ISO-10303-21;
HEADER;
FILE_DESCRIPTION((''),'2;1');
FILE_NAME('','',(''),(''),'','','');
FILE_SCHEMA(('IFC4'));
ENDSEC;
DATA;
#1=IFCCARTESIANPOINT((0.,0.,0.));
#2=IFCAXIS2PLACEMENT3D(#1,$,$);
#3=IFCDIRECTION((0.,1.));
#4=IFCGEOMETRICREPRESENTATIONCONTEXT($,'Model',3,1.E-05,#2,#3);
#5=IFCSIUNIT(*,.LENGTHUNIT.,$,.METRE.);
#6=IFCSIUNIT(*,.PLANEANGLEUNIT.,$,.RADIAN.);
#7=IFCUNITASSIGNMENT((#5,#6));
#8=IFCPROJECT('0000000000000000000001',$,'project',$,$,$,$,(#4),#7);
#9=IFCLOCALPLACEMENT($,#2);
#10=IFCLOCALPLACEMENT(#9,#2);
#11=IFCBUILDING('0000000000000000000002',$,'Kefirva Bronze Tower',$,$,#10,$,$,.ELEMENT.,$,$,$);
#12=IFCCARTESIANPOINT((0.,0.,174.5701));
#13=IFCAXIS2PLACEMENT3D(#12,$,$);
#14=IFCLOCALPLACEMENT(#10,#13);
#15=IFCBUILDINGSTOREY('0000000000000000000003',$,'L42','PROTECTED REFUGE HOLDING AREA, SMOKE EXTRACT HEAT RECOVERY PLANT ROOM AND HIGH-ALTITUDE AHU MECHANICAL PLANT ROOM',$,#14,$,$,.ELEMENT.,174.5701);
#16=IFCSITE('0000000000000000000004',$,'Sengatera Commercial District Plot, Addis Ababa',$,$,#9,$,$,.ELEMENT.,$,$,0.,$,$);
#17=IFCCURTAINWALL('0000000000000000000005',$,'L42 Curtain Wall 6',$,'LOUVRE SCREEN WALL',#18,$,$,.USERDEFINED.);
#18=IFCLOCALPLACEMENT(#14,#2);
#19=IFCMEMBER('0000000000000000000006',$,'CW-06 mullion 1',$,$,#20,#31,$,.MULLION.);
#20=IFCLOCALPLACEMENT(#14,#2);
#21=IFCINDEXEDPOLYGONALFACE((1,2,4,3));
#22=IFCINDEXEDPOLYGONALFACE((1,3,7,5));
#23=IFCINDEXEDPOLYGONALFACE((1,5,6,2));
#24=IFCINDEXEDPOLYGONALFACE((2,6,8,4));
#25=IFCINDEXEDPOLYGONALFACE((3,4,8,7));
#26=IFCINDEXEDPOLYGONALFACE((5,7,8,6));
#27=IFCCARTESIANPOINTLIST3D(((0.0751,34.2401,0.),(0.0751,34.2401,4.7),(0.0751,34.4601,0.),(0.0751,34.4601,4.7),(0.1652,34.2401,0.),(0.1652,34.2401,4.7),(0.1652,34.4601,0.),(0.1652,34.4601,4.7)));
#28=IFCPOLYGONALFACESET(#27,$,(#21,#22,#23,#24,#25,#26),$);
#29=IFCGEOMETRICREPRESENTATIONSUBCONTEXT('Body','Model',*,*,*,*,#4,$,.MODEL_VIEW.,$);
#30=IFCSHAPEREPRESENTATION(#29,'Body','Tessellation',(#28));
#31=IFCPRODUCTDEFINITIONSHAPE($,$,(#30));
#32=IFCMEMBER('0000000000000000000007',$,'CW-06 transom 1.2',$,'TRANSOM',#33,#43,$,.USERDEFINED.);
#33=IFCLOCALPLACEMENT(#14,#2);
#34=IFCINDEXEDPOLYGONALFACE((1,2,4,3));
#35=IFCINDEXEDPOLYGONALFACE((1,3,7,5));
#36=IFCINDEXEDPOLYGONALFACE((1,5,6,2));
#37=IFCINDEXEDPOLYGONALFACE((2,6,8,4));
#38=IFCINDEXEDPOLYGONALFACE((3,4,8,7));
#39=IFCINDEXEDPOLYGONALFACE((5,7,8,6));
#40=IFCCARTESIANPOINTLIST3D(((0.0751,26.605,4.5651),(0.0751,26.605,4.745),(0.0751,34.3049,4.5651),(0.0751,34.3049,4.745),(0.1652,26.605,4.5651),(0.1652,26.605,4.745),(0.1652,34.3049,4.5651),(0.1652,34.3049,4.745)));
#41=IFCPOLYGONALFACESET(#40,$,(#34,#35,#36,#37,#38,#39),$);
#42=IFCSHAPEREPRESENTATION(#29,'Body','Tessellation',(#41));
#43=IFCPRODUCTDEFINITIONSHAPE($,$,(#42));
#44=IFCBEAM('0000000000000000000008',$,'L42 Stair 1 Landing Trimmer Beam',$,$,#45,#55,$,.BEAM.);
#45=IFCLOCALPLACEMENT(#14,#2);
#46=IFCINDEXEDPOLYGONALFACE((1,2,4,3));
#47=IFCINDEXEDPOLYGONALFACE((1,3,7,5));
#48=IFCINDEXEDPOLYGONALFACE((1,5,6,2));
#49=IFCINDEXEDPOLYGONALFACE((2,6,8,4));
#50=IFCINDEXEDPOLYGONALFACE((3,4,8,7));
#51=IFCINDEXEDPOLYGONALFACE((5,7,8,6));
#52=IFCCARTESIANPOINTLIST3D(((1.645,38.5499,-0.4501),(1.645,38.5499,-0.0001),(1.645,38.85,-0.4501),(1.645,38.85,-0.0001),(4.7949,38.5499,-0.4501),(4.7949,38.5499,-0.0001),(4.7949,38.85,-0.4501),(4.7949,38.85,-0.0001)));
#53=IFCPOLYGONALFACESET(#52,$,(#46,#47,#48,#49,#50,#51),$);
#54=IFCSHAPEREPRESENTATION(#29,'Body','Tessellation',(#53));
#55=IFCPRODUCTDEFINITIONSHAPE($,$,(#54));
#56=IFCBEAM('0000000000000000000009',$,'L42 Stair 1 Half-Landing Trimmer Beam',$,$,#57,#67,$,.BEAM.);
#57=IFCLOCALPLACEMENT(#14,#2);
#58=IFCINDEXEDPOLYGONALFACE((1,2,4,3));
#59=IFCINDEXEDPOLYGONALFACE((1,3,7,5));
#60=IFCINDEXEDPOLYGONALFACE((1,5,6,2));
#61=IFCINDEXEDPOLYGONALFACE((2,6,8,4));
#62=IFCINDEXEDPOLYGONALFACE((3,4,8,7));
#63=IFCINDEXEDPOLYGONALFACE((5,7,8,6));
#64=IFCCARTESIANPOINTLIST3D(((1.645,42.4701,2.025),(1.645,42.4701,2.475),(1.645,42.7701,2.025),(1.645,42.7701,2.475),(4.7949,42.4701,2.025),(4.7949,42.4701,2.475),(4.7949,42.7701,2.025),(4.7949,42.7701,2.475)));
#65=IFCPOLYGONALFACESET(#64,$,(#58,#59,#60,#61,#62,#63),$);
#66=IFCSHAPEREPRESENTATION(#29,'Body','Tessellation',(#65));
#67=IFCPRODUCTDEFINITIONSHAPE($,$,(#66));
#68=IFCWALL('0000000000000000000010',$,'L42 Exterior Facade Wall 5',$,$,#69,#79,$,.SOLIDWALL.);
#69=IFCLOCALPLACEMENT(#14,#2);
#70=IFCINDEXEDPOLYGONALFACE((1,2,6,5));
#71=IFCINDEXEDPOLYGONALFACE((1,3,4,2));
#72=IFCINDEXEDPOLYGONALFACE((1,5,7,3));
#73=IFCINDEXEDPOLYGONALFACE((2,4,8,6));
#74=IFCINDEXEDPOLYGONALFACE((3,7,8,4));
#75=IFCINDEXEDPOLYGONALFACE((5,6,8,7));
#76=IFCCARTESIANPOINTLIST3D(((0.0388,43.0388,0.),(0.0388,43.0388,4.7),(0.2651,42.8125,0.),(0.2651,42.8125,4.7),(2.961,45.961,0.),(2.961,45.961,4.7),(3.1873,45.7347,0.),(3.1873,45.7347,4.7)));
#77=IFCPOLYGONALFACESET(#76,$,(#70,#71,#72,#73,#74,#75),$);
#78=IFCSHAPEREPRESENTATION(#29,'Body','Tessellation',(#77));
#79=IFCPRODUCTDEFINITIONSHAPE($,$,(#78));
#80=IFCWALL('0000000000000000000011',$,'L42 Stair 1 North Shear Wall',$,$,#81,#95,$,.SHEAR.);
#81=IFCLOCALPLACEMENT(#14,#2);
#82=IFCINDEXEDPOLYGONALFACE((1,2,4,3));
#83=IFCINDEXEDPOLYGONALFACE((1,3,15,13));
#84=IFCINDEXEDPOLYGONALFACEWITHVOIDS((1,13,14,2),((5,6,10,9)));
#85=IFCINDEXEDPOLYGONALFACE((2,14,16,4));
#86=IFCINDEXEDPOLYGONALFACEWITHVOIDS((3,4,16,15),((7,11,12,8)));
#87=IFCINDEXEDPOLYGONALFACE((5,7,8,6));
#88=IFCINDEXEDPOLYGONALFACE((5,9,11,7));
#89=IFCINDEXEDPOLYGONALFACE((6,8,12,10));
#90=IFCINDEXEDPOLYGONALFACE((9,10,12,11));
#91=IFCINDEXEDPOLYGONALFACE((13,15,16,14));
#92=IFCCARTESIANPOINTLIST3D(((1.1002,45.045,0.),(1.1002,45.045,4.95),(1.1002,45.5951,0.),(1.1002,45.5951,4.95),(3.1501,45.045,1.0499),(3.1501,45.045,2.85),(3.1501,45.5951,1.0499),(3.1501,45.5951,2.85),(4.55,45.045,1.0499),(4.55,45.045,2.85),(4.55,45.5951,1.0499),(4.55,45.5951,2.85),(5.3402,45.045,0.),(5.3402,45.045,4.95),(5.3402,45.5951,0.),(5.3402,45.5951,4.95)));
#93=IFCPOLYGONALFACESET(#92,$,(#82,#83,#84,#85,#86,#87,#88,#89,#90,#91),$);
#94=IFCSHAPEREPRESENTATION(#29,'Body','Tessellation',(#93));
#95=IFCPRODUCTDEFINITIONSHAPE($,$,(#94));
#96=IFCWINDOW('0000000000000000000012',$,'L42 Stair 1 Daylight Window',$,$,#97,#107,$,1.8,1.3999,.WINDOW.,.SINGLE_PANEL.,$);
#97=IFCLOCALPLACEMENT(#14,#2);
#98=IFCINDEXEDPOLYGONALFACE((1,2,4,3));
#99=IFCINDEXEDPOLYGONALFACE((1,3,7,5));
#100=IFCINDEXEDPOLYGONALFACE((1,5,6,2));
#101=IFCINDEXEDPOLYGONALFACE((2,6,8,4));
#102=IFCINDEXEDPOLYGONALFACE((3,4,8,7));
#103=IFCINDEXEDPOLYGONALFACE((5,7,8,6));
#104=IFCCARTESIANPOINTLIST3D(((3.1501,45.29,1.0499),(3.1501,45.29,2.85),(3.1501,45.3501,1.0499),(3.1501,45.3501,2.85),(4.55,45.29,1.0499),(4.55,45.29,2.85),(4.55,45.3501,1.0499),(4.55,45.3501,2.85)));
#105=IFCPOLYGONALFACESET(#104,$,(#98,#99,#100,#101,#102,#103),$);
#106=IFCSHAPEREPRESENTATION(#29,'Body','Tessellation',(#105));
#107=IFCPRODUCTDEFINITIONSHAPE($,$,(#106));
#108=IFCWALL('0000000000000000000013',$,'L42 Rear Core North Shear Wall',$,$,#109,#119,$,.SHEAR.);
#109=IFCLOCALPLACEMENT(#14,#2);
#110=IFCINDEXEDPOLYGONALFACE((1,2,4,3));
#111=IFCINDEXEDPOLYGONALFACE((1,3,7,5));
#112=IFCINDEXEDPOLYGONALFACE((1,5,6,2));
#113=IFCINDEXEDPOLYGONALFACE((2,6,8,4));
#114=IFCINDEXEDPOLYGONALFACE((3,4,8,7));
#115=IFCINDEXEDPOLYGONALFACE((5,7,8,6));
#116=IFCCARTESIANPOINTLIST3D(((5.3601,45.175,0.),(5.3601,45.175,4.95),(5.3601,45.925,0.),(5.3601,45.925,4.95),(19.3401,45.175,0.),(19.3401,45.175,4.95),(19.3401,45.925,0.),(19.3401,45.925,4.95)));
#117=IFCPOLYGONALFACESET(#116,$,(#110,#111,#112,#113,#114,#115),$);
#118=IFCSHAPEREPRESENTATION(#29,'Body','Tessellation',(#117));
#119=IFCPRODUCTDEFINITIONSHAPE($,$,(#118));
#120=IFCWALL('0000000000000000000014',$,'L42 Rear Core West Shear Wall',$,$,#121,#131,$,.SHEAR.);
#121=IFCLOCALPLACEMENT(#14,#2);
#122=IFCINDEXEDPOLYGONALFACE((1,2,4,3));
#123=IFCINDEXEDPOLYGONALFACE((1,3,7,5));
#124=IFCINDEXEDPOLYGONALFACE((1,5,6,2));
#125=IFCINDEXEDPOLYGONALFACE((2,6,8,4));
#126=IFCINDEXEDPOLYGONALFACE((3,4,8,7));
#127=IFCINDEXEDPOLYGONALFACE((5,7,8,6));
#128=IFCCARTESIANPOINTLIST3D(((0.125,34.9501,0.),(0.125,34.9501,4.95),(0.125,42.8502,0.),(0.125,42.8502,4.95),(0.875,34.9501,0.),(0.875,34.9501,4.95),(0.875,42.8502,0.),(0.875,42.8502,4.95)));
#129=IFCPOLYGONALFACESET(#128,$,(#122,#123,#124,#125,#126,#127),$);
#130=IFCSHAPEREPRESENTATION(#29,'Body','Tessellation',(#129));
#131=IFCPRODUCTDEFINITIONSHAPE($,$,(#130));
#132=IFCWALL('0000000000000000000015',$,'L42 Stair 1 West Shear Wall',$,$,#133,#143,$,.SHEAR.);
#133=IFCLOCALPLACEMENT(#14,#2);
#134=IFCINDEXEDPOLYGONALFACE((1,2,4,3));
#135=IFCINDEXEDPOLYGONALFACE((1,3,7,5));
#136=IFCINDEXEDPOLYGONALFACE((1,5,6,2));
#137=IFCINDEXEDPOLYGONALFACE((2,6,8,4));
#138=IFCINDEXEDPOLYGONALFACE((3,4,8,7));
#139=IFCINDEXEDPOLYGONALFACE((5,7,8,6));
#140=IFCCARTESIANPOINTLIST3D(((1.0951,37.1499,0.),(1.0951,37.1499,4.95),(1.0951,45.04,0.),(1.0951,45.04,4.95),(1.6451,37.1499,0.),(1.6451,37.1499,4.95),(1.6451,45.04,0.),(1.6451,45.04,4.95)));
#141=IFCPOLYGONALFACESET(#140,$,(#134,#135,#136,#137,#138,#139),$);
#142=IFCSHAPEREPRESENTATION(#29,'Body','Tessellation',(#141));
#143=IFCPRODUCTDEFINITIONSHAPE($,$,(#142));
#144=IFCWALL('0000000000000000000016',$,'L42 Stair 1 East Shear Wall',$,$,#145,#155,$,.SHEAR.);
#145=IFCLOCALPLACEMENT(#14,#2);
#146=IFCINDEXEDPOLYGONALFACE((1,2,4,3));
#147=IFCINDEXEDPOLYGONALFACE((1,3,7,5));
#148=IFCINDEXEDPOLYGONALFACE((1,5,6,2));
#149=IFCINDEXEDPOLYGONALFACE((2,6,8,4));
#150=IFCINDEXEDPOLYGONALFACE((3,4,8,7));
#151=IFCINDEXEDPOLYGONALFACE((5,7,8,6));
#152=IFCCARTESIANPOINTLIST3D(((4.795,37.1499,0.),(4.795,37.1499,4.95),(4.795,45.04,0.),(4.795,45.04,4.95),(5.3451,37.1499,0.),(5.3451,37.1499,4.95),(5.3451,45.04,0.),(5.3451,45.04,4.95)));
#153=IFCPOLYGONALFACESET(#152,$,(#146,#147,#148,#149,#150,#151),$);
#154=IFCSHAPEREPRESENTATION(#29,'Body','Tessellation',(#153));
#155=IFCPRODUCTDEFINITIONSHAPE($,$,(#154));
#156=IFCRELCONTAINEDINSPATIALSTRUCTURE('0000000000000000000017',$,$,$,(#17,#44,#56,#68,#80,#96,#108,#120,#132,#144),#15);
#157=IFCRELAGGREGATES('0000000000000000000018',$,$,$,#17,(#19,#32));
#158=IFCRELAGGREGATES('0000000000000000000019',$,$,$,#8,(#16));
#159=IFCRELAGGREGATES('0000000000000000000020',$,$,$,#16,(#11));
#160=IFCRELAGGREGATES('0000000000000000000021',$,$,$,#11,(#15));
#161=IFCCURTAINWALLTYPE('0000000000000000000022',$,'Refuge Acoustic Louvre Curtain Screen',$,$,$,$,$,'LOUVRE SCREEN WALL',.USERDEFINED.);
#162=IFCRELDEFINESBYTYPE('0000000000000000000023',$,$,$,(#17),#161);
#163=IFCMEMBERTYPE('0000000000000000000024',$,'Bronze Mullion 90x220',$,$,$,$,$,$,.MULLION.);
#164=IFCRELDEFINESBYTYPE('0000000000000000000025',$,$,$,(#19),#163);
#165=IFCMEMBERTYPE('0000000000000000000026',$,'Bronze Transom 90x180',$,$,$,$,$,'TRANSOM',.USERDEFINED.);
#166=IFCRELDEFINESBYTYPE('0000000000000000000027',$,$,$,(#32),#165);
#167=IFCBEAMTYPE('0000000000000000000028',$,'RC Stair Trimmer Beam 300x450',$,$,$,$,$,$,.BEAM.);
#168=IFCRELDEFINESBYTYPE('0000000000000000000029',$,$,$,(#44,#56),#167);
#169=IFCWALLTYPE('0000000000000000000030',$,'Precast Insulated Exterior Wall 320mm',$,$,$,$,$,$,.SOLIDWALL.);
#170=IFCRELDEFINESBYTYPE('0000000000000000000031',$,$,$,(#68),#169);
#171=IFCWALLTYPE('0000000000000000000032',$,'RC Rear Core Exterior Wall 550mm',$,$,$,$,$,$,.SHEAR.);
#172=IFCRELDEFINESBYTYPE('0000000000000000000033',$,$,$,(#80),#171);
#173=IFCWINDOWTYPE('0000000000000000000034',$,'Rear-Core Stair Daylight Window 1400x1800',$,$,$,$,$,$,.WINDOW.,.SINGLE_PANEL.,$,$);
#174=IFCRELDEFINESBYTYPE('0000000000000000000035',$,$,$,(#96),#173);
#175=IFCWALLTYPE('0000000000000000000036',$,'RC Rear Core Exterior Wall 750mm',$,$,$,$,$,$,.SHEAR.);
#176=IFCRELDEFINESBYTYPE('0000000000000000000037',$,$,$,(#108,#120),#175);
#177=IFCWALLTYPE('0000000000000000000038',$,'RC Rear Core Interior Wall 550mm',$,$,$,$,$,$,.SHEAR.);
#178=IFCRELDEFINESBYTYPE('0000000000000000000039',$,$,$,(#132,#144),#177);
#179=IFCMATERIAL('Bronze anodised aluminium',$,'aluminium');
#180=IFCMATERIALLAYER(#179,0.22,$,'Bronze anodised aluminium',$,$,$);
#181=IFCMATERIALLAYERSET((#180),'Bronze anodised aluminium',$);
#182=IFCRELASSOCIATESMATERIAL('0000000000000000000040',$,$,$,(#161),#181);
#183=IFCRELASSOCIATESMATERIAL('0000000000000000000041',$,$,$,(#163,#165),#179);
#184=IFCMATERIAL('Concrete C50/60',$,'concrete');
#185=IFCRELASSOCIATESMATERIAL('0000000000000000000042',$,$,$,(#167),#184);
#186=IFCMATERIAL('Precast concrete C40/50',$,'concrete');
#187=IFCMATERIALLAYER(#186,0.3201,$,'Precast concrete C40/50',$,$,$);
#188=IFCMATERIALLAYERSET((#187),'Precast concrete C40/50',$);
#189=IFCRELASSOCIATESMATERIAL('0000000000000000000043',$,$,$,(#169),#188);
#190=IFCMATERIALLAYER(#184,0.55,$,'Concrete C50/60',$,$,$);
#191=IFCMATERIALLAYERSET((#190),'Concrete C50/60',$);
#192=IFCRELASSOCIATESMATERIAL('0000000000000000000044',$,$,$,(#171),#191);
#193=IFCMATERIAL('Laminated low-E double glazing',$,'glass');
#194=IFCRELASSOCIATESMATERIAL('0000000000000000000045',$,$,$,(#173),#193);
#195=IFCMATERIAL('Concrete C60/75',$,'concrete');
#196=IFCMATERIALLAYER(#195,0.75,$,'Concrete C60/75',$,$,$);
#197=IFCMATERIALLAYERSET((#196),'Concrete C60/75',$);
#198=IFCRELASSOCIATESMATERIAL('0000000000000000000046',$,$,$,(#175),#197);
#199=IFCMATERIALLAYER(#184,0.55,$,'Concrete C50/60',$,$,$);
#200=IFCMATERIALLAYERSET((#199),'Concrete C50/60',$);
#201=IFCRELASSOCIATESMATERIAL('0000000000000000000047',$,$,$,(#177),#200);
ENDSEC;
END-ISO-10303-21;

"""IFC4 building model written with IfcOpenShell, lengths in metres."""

from ifc_helpers import new_model, si_unit, direction, frame, frame_2d, origin, origin_2d, place, context, subcontext, project, spatial, rectangle, extrude, material, layer, layer_set, material_profile, profile_set, type_object, element, fill, aggregate, save


model = new_model("IFC4")

# Units and contexts
model_context = context("Model", 3, precision=1e-05, world=origin(), true_north=direction((0.0, 1.0)))
body_context = subcontext(model_context, "Body", "Model", "MODEL_VIEW")
ifc_project = project(units=[si_unit("LENGTHUNIT", "METRE"), si_unit("PLANEANGLEUNIT", "RADIAN")], contexts=[model_context])

# Site, building, storey
site_placement = place(None, origin())
site = spatial("IfcSite", under=ifc_project, at=site_placement, Name="Sengatera Commercial District Plot, Addis Ababa", CompositionType="ELEMENT", RefElevation=0.0)
building_placement = place(site_placement, origin())
building = spatial("IfcBuilding", under=site, at=building_placement, Name="Kefirva Bronze Tower", CompositionType="ELEMENT")
storey_placement = place(building_placement, frame((0.0, 0.0, 174.5701)))
storey = spatial("IfcBuildingStorey", under=building, at=storey_placement, Name="L42", Description="PROTECTED REFUGE HOLDING AREA, SMOKE EXTRACT HEAT RECOVERY PLANT ROOM AND HIGH-ALTITUDE AHU MECHANICAL PLANT ROOM", CompositionType="ELEMENT", Elevation=174.5701)

# Curtain wall, members
ifc_material_1 = material(Name="Bronze anodised aluminium", Category="aluminium")
ifc_layer_1 = layer(ifc_material_1, 0.22, Name="Bronze anodised aluminium")
ifc_layer_set_1 = layer_set([ifc_layer_1], Name="Bronze anodised aluminium")
curtain_wall_type = type_object("IfcCurtainWallType", Name="Refuge Acoustic Louvre Curtain Screen", ElementType="LOUVRE SCREEN WALL", PredefinedType="USERDEFINED", material=ifc_layer_set_1)
curtain_wall_placement = place(storey_placement, origin())
curtain_wall = element("IfcCurtainWall", 1, at=curtain_wall_placement, inside=storey, type_object=curtain_wall_type, Name="L42 Curtain Wall 6", ObjectType="LOUVRE SCREEN WALL", PredefinedType="USERDEFINED")
ifc_material_profile_1 = material_profile(ifc_material_1, rectangle(XDim=0.0901, YDim=0.22, at=origin_2d()), Name="ALU 90x220")
ifc_profile_set_1 = profile_set([ifc_material_profile_1], Name="Bronze anodised aluminium")
member_type_1 = type_object("IfcMemberType", Name="Bronze Mullion 90x220", PredefinedType="MULLION", material=ifc_profile_set_1)
member_1_placement = place(storey_placement, frame((0.1201, 34.3501, 0.0), z_axis=(0.0, 0.0, 1.0), x_axis=(1.0, 0.0, 0.0)))
member_1 = element("IfcMember", 2, at=member_1_placement, type_object=member_type_1, Name="CW-06 mullion 1", PredefinedType="MULLION", context=body_context, shape_type="SweptSolid", body=[
    extrude(rectangle(XDim=0.0901, YDim=0.22, at=origin_2d()), origin(), (0.0, 0.0, 1.0), 4.7),
])
ifc_material_profile_2 = material_profile(ifc_material_1, rectangle(XDim=0.0901, YDim=0.1799, at=origin_2d()), Name="ALU 90x180")
ifc_profile_set_2 = profile_set([ifc_material_profile_2], Name="Bronze anodised aluminium")
member_type_2 = type_object("IfcMemberType", Name="Bronze Transom 90x180", ElementType="TRANSOM", PredefinedType="USERDEFINED", material=ifc_profile_set_2)
member_2_placement = place(storey_placement, frame((0.1201, 34.3049, 4.655), z_axis=(0.0, -1.0, 0.0), x_axis=(1.0, 0.0, 0.0)))
member_2 = element("IfcMember", 3, at=member_2_placement, type_object=member_type_2, Name="CW-06 transom 1.2", ObjectType="TRANSOM", PredefinedType="USERDEFINED", context=body_context, shape_type="SweptSolid", body=[
    extrude(rectangle(XDim=0.0901, YDim=0.1799, at=origin_2d()), origin(), (0.0, 0.0, 1.0), 7.7),
])
aggregate(curtain_wall, [member_1, member_2])

# Beams
ifc_material_2 = material(Name="Concrete C50/60", Category="concrete")
ifc_material_profile_3 = material_profile(ifc_material_2, rectangle(XDim=0.3, YDim=0.45, at=origin_2d()), Name="RC 300x450")
ifc_profile_set_3 = profile_set([ifc_material_profile_3], Name="Concrete C50/60")
beam_type = type_object("IfcBeamType", Name="RC Stair Trimmer Beam 300x450", PredefinedType="BEAM", material=ifc_profile_set_3)
for number, where, z_axis, x_axis, name in (
    (4, (1.645, 38.7, -0.2251), (1.0, 0.0, 0.0), (0.0, 1.0, 0.0), "L42 Stair 1 Landing Trimmer Beam"),
    (5, (1.645, 42.6201, 2.25), (1.0, 0.0, 0.0), (0.0, 1.0, 0.0), "L42 Stair 1 Half-Landing Trimmer Beam"),
):
    element("IfcBeam", number, at=place(storey_placement, frame(where, z_axis=z_axis, x_axis=x_axis)), inside=storey, type_object=beam_type, Name=name, PredefinedType="BEAM", context=body_context, shape_type="SweptSolid", body=[
        extrude(rectangle(XDim=0.3, YDim=0.45, at=origin_2d()), origin(), (0.0, 0.0, 1.0), 3.1499),
    ])

# Wall
ifc_material_3 = material(Name="Precast concrete C40/50", Category="concrete")
ifc_layer_2 = layer(ifc_material_3, 0.3201, Name="Precast concrete C40/50")
ifc_layer_set_2 = layer_set([ifc_layer_2], Name="Precast concrete C40/50")
wall_type_1 = type_object("IfcWallType", Name="Precast Insulated Exterior Wall 320mm", PredefinedType="SOLIDWALL", material=ifc_layer_set_2)
wall_1_placement = place(storey_placement, frame((3.0742, 45.8479, 0.0), z_axis=(0.0, 0.0, 1.0), x_axis=(-0.707107, -0.707107, 0.0)))
element("IfcWall", 6, at=wall_1_placement, inside=storey, type_object=wall_type_1, Name="L42 Exterior Facade Wall 5", PredefinedType="SOLIDWALL", context=body_context, shape_type="SweptSolid", body=[
    extrude(rectangle(XDim=4.1326, YDim=0.3201, at=frame_2d((2.0664, 0.0))), origin(), (0.0, 0.0, 1.0), 4.7),
])

# Wall, opening, window
ifc_layer_3 = layer(ifc_material_2, 0.55, Name="Concrete C50/60")
ifc_layer_set_3 = layer_set([ifc_layer_3], Name="Concrete C50/60")
wall_type_2 = type_object("IfcWallType", Name="RC Rear Core Exterior Wall 550mm", PredefinedType="SHEAR", material=ifc_layer_set_3)
wall_2_placement = place(storey_placement, frame((1.1001, 45.3201, 0.0), z_axis=(0.0, 0.0, 1.0), x_axis=(1.0, 0.0, 0.0)))
wall_2 = element("IfcWall", 7, at=wall_2_placement, inside=storey, type_object=wall_type_2, Name="L42 Stair 1 North Shear Wall", PredefinedType="SHEAR", context=body_context, shape_type="SweptSolid", body=[
    extrude(rectangle(XDim=4.24, YDim=0.55, at=frame_2d((2.1201, 0.0))), origin(), (0.0, 0.0, 1.0), 4.95),
])
opening_1_placement = place(wall_2_placement, frame((2.05, 0.0, 1.05)))
opening_1 = element("IfcOpeningElement", 8, at=opening_1_placement, cuts=wall_2, PredefinedType="OPENING", context=body_context, shape_type="SweptSolid", body=[
    extrude(rectangle(XDim=1.3999, YDim=1.8, at=frame_2d((0.7, 0.8999))), frame((0.0, 0.2852, 0.0), z_axis=(0.0, -1.0, 0.0), x_axis=(1.0, 0.0, 0.0)), (0.0, 0.0, 1.0), 0.5701),
])
ifc_material_4 = material(Name="Laminated low-E double glazing", Category="glass")
window_type = type_object("IfcWindowType", Name="Rear-Core Stair Daylight Window 1400x1800", PartitioningType="SINGLE_PANEL", PredefinedType="WINDOW", material=ifc_material_4)
window_placement = place(opening_1_placement, origin())
window = element("IfcWindow", 9, at=window_placement, inside=storey, type_object=window_type, Name="L42 Stair 1 Daylight Window", OverallHeight=1.8, OverallWidth=1.3999, PartitioningType="SINGLE_PANEL", PredefinedType="WINDOW", context=body_context, shape_type="SweptSolid", body=[
    extrude(rectangle(XDim=1.3999, YDim=1.8, at=frame_2d((0.7, 0.8999))), frame((0.0, 0.03, 0.0), z_axis=(0.0, -1.0, 0.0), x_axis=(1.0, 0.0, 0.0)), (0.0, 0.0, 1.0), 0.0601),
])
fill(opening_1, window)

# Walls
ifc_material_5 = material(Name="Concrete C60/75", Category="concrete")
ifc_layer_4 = layer(ifc_material_5, 0.75, Name="Concrete C60/75")
ifc_layer_set_4 = layer_set([ifc_layer_4], Name="Concrete C60/75")
wall_type_3 = type_object("IfcWallType", Name="RC Rear Core Exterior Wall 750mm", PredefinedType="SHEAR", material=ifc_layer_set_4)
wall_3_placement = place(storey_placement, frame((5.3601, 45.55, 0.0), z_axis=(0.0, 0.0, 1.0), x_axis=(1.0, 0.0, 0.0)))
element("IfcWall", 10, at=wall_3_placement, inside=storey, type_object=wall_type_3, Name="L42 Rear Core North Shear Wall", PredefinedType="SHEAR", context=body_context, shape_type="SweptSolid", body=[
    extrude(rectangle(XDim=13.98, YDim=0.75, at=frame_2d((6.99, 0.0))), origin(), (0.0, 0.0, 1.0), 4.95),
])
wall_4_placement = place(storey_placement, frame((0.5, 34.95, 0.0), z_axis=(0.0, 0.0, 1.0), x_axis=(0.0, 1.0, 0.0)))
element("IfcWall", 11, at=wall_4_placement, inside=storey, type_object=wall_type_3, Name="L42 Rear Core West Shear Wall", PredefinedType="SHEAR", context=body_context, shape_type="SweptSolid", body=[
    extrude(rectangle(XDim=7.9001, YDim=0.75, at=frame_2d((3.9502, 0.0))), origin(), (0.0, 0.0, 1.0), 4.95),
])
ifc_layer_5 = layer(ifc_material_2, 0.55, Name="Concrete C50/60")
ifc_layer_set_5 = layer_set([ifc_layer_5], Name="Concrete C50/60")
wall_type_4 = type_object("IfcWallType", Name="RC Rear Core Interior Wall 550mm", PredefinedType="SHEAR", material=ifc_layer_set_5)
for number, where, z_axis, x_axis, name in (
    (12, (1.3701, 37.1499, 0.0), (0.0, 0.0, 1.0), (0.0, 1.0, 0.0), "L42 Stair 1 West Shear Wall"),
    (13, (5.0701, 37.1499, 0.0), (0.0, 0.0, 1.0), (0.0, 1.0, 0.0), "L42 Stair 1 East Shear Wall"),
):
    element("IfcWall", number, at=place(storey_placement, frame(where, z_axis=z_axis, x_axis=x_axis)), inside=storey, type_object=wall_type_4, Name=name, PredefinedType="SHEAR", context=body_context, shape_type="SweptSolid", body=[
        extrude(rectangle(XDim=7.8901, YDim=0.55, at=frame_2d((3.9451, 0.0))), origin(), (0.0, 0.0, 1.0), 4.95),
    ])

save(model, "model.ifc")
